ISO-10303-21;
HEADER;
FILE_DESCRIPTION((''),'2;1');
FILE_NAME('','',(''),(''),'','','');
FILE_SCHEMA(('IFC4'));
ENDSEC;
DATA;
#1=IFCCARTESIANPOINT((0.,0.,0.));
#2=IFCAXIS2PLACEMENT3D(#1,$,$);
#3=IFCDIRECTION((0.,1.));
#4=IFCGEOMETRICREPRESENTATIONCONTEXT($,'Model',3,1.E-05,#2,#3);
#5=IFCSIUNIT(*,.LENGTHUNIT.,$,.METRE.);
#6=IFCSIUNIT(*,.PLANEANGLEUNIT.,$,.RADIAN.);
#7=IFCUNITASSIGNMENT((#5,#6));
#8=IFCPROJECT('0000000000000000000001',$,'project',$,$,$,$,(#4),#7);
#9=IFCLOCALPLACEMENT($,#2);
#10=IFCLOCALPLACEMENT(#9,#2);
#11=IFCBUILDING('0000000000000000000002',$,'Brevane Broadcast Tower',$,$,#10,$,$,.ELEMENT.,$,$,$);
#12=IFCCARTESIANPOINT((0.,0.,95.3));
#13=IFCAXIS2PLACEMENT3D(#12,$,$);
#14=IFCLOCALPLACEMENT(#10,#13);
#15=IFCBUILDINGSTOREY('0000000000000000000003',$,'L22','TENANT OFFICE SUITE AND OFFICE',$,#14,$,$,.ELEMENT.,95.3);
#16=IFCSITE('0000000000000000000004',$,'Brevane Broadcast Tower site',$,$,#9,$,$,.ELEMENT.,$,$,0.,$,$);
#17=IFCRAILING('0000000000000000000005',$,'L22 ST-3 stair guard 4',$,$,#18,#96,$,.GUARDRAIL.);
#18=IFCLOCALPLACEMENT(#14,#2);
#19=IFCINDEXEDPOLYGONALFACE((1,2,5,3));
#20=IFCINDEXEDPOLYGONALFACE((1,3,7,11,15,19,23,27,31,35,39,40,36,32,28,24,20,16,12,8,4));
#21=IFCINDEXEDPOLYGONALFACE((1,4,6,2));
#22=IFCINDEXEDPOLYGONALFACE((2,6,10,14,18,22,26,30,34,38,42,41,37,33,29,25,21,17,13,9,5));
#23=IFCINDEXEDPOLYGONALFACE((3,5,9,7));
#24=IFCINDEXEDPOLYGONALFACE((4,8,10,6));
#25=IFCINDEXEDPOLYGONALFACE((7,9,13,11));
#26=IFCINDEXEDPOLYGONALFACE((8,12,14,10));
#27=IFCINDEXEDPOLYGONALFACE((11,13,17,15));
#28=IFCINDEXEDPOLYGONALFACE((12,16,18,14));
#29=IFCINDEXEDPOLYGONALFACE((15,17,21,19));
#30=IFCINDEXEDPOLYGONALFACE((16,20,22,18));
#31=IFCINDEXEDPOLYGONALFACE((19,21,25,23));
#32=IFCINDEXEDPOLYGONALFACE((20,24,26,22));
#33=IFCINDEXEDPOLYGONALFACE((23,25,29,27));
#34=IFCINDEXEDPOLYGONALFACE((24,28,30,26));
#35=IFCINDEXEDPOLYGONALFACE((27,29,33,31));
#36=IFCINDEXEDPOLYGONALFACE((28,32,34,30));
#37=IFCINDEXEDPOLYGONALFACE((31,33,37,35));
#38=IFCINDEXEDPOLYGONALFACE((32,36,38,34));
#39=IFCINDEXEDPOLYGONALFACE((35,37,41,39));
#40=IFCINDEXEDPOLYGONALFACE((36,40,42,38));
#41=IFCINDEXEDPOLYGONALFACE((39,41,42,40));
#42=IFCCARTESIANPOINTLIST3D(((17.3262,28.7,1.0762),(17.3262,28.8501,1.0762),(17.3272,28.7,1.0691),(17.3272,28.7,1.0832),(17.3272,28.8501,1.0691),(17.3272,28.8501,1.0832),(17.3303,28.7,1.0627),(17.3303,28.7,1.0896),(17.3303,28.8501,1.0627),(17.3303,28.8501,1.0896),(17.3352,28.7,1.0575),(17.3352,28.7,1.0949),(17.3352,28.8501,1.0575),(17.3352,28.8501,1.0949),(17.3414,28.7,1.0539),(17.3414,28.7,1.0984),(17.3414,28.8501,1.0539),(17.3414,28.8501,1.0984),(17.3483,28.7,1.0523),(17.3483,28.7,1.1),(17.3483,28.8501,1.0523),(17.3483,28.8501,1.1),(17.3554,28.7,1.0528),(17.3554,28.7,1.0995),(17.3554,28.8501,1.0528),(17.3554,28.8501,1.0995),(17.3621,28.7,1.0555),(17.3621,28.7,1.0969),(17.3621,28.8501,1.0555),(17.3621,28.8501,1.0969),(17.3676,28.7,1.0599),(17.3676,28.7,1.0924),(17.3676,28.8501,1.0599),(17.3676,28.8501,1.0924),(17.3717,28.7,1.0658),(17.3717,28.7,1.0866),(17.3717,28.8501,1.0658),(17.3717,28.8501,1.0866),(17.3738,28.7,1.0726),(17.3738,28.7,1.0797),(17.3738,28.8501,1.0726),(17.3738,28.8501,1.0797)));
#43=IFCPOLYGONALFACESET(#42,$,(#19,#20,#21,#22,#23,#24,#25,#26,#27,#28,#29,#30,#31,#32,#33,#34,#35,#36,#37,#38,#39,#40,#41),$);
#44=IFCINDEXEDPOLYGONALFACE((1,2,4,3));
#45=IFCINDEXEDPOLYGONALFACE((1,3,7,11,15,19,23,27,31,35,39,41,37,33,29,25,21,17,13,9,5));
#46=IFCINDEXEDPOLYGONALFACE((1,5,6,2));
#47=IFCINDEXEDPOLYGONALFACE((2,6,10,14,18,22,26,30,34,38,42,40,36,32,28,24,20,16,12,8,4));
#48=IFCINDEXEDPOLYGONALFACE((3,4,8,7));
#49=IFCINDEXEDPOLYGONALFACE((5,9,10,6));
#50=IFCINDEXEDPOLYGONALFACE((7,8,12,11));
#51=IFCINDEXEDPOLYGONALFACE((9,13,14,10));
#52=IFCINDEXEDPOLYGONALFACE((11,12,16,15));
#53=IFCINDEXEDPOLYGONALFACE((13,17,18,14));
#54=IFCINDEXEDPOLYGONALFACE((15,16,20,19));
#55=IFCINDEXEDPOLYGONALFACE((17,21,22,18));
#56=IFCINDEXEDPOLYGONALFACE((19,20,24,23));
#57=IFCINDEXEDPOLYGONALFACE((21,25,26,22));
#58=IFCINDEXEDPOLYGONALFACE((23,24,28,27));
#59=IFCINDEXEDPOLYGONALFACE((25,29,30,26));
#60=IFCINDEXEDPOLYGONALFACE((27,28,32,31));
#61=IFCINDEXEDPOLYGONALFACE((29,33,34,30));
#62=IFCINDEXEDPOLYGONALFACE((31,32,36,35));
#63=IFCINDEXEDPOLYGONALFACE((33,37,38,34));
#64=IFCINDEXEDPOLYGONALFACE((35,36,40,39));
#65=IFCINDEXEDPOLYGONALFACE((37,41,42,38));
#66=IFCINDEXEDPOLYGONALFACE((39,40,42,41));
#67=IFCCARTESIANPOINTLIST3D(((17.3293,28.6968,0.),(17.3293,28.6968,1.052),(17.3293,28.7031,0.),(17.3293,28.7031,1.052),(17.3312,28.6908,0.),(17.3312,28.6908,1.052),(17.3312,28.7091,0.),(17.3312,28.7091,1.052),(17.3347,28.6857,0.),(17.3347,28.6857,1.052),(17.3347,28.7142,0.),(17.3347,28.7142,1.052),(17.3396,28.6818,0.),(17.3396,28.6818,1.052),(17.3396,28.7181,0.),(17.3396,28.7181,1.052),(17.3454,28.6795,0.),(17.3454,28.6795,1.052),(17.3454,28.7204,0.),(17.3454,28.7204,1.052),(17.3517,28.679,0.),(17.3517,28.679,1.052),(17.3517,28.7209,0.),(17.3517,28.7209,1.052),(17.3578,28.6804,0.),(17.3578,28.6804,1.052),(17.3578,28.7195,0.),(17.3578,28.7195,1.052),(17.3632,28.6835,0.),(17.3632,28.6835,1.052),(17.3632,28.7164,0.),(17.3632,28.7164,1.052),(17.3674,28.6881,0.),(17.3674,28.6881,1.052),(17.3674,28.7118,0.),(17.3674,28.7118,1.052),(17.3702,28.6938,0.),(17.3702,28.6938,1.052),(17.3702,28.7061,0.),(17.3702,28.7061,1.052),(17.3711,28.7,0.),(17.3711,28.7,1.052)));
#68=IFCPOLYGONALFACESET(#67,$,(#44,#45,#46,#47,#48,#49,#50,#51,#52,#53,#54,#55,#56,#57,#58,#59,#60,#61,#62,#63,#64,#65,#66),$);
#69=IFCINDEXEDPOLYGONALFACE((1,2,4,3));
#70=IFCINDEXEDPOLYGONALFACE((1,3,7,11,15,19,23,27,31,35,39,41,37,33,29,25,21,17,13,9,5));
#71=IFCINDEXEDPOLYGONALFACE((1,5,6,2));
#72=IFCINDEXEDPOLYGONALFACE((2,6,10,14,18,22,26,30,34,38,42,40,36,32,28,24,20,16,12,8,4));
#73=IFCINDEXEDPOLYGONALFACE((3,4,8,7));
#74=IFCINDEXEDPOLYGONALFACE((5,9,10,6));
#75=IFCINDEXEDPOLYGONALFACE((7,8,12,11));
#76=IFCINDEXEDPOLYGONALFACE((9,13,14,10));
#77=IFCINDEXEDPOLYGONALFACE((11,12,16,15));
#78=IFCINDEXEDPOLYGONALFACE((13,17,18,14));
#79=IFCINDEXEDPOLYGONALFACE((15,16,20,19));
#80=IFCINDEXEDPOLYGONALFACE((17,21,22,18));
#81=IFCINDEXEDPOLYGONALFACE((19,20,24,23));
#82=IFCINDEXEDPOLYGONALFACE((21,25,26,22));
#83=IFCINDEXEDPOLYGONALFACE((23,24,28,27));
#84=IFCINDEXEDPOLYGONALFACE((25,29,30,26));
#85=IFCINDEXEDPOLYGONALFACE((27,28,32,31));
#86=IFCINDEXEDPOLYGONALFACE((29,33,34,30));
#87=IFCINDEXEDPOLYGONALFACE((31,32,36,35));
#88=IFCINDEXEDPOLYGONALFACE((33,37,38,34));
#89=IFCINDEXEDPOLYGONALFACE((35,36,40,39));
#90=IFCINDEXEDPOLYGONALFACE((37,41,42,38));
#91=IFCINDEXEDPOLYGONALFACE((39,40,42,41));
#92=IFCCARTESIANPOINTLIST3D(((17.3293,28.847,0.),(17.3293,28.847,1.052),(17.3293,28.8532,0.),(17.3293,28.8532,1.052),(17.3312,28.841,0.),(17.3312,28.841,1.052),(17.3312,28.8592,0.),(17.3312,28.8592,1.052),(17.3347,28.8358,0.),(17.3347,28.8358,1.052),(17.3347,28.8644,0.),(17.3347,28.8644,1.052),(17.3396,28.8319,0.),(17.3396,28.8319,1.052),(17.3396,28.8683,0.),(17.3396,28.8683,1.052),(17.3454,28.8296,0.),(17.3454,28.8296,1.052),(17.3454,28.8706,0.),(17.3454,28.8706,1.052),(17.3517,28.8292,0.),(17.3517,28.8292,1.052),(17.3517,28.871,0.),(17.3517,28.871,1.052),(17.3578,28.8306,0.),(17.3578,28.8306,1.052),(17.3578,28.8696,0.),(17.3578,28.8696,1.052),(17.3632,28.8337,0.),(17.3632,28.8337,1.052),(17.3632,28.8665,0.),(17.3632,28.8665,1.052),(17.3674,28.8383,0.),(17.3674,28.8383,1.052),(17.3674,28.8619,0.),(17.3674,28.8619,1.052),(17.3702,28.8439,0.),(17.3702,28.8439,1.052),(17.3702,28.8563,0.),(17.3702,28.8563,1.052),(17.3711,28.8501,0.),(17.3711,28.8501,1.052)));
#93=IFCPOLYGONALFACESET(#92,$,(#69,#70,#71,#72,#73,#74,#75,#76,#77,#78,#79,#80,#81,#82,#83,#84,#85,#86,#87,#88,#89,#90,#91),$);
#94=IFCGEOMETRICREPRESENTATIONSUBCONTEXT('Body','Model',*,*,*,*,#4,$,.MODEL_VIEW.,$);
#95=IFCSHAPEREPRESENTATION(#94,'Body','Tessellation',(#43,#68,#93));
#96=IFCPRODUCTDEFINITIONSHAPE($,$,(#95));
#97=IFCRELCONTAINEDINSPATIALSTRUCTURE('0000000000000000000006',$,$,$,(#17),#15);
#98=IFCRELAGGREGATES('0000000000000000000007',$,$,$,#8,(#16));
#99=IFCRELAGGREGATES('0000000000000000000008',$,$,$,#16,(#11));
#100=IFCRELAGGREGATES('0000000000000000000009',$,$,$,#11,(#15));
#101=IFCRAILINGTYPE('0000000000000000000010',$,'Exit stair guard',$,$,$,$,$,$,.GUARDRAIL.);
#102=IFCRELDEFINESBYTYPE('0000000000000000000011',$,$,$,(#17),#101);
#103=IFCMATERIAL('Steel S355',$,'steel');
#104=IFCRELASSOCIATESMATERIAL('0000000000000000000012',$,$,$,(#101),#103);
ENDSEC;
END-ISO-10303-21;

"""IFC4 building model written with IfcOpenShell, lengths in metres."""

from ifc_helpers import new_model, si_unit, direction, frame, origin, origin_2d, place, context, subcontext, project, spatial, circle, extrude, material, type_object, element, save


model = new_model("IFC4")

# Units and contexts
model_context = context("Model", 3, precision=1e-05, world=origin(), true_north=direction((0.0, 1.0)))
body_context = subcontext(model_context, "Body", "Model", "MODEL_VIEW")
ifc_project = project(units=[si_unit("LENGTHUNIT", "METRE"), si_unit("PLANEANGLEUNIT", "RADIAN")], contexts=[model_context])

# Site, building, storey
site_placement = place(None, origin())
site = spatial("IfcSite", under=ifc_project, at=site_placement, Name="Brevane Broadcast Tower site", CompositionType="ELEMENT", RefElevation=0.0)
building_placement = place(site_placement, origin())
building = spatial("IfcBuilding", under=site, at=building_placement, Name="Brevane Broadcast Tower", CompositionType="ELEMENT")
storey_placement = place(building_placement, frame((0.0, 0.0, 95.3)))
storey = spatial("IfcBuildingStorey", under=building, at=storey_placement, Name="L22", Description="TENANT OFFICE SUITE AND OFFICE", CompositionType="ELEMENT", Elevation=95.3)

# Railing
ifc_material_1 = material(Name="Steel S355", Category="steel")
railing_type_1 = type_object("IfcRailingType", Name="Exit stair guard", PredefinedType="GUARDRAIL", material=ifc_material_1)
railing_1_placement = place(storey_placement, frame((17.3501, 28.7, 0.0)))
element("IfcRailing", 1, at=railing_1_placement, inside=storey, type_object=railing_type_1, Name="L22 ST-3 stair guard 4", PredefinedType="GUARDRAIL", context=body_context, shape_type="SweptSolid", body=[
    extrude(circle(Radius=0.0239, at=origin_2d()), frame((0.0, 0.0, 1.0762), z_axis=(0.0, 1.0, 0.0), x_axis=(-1.0, 0.0, 0.0)), (0.0, 0.0, 1.0), 0.1501),
    extrude(circle(Radius=0.021, at=origin_2d()), origin(), (0.0, 0.0, 1.0), 1.052),
    extrude(circle(Radius=0.021, at=origin_2d()), frame((0.0, 0.1501, 0.0)), (0.0, 0.0, 1.0), 1.052),
])

save(model, "model.ifc")
